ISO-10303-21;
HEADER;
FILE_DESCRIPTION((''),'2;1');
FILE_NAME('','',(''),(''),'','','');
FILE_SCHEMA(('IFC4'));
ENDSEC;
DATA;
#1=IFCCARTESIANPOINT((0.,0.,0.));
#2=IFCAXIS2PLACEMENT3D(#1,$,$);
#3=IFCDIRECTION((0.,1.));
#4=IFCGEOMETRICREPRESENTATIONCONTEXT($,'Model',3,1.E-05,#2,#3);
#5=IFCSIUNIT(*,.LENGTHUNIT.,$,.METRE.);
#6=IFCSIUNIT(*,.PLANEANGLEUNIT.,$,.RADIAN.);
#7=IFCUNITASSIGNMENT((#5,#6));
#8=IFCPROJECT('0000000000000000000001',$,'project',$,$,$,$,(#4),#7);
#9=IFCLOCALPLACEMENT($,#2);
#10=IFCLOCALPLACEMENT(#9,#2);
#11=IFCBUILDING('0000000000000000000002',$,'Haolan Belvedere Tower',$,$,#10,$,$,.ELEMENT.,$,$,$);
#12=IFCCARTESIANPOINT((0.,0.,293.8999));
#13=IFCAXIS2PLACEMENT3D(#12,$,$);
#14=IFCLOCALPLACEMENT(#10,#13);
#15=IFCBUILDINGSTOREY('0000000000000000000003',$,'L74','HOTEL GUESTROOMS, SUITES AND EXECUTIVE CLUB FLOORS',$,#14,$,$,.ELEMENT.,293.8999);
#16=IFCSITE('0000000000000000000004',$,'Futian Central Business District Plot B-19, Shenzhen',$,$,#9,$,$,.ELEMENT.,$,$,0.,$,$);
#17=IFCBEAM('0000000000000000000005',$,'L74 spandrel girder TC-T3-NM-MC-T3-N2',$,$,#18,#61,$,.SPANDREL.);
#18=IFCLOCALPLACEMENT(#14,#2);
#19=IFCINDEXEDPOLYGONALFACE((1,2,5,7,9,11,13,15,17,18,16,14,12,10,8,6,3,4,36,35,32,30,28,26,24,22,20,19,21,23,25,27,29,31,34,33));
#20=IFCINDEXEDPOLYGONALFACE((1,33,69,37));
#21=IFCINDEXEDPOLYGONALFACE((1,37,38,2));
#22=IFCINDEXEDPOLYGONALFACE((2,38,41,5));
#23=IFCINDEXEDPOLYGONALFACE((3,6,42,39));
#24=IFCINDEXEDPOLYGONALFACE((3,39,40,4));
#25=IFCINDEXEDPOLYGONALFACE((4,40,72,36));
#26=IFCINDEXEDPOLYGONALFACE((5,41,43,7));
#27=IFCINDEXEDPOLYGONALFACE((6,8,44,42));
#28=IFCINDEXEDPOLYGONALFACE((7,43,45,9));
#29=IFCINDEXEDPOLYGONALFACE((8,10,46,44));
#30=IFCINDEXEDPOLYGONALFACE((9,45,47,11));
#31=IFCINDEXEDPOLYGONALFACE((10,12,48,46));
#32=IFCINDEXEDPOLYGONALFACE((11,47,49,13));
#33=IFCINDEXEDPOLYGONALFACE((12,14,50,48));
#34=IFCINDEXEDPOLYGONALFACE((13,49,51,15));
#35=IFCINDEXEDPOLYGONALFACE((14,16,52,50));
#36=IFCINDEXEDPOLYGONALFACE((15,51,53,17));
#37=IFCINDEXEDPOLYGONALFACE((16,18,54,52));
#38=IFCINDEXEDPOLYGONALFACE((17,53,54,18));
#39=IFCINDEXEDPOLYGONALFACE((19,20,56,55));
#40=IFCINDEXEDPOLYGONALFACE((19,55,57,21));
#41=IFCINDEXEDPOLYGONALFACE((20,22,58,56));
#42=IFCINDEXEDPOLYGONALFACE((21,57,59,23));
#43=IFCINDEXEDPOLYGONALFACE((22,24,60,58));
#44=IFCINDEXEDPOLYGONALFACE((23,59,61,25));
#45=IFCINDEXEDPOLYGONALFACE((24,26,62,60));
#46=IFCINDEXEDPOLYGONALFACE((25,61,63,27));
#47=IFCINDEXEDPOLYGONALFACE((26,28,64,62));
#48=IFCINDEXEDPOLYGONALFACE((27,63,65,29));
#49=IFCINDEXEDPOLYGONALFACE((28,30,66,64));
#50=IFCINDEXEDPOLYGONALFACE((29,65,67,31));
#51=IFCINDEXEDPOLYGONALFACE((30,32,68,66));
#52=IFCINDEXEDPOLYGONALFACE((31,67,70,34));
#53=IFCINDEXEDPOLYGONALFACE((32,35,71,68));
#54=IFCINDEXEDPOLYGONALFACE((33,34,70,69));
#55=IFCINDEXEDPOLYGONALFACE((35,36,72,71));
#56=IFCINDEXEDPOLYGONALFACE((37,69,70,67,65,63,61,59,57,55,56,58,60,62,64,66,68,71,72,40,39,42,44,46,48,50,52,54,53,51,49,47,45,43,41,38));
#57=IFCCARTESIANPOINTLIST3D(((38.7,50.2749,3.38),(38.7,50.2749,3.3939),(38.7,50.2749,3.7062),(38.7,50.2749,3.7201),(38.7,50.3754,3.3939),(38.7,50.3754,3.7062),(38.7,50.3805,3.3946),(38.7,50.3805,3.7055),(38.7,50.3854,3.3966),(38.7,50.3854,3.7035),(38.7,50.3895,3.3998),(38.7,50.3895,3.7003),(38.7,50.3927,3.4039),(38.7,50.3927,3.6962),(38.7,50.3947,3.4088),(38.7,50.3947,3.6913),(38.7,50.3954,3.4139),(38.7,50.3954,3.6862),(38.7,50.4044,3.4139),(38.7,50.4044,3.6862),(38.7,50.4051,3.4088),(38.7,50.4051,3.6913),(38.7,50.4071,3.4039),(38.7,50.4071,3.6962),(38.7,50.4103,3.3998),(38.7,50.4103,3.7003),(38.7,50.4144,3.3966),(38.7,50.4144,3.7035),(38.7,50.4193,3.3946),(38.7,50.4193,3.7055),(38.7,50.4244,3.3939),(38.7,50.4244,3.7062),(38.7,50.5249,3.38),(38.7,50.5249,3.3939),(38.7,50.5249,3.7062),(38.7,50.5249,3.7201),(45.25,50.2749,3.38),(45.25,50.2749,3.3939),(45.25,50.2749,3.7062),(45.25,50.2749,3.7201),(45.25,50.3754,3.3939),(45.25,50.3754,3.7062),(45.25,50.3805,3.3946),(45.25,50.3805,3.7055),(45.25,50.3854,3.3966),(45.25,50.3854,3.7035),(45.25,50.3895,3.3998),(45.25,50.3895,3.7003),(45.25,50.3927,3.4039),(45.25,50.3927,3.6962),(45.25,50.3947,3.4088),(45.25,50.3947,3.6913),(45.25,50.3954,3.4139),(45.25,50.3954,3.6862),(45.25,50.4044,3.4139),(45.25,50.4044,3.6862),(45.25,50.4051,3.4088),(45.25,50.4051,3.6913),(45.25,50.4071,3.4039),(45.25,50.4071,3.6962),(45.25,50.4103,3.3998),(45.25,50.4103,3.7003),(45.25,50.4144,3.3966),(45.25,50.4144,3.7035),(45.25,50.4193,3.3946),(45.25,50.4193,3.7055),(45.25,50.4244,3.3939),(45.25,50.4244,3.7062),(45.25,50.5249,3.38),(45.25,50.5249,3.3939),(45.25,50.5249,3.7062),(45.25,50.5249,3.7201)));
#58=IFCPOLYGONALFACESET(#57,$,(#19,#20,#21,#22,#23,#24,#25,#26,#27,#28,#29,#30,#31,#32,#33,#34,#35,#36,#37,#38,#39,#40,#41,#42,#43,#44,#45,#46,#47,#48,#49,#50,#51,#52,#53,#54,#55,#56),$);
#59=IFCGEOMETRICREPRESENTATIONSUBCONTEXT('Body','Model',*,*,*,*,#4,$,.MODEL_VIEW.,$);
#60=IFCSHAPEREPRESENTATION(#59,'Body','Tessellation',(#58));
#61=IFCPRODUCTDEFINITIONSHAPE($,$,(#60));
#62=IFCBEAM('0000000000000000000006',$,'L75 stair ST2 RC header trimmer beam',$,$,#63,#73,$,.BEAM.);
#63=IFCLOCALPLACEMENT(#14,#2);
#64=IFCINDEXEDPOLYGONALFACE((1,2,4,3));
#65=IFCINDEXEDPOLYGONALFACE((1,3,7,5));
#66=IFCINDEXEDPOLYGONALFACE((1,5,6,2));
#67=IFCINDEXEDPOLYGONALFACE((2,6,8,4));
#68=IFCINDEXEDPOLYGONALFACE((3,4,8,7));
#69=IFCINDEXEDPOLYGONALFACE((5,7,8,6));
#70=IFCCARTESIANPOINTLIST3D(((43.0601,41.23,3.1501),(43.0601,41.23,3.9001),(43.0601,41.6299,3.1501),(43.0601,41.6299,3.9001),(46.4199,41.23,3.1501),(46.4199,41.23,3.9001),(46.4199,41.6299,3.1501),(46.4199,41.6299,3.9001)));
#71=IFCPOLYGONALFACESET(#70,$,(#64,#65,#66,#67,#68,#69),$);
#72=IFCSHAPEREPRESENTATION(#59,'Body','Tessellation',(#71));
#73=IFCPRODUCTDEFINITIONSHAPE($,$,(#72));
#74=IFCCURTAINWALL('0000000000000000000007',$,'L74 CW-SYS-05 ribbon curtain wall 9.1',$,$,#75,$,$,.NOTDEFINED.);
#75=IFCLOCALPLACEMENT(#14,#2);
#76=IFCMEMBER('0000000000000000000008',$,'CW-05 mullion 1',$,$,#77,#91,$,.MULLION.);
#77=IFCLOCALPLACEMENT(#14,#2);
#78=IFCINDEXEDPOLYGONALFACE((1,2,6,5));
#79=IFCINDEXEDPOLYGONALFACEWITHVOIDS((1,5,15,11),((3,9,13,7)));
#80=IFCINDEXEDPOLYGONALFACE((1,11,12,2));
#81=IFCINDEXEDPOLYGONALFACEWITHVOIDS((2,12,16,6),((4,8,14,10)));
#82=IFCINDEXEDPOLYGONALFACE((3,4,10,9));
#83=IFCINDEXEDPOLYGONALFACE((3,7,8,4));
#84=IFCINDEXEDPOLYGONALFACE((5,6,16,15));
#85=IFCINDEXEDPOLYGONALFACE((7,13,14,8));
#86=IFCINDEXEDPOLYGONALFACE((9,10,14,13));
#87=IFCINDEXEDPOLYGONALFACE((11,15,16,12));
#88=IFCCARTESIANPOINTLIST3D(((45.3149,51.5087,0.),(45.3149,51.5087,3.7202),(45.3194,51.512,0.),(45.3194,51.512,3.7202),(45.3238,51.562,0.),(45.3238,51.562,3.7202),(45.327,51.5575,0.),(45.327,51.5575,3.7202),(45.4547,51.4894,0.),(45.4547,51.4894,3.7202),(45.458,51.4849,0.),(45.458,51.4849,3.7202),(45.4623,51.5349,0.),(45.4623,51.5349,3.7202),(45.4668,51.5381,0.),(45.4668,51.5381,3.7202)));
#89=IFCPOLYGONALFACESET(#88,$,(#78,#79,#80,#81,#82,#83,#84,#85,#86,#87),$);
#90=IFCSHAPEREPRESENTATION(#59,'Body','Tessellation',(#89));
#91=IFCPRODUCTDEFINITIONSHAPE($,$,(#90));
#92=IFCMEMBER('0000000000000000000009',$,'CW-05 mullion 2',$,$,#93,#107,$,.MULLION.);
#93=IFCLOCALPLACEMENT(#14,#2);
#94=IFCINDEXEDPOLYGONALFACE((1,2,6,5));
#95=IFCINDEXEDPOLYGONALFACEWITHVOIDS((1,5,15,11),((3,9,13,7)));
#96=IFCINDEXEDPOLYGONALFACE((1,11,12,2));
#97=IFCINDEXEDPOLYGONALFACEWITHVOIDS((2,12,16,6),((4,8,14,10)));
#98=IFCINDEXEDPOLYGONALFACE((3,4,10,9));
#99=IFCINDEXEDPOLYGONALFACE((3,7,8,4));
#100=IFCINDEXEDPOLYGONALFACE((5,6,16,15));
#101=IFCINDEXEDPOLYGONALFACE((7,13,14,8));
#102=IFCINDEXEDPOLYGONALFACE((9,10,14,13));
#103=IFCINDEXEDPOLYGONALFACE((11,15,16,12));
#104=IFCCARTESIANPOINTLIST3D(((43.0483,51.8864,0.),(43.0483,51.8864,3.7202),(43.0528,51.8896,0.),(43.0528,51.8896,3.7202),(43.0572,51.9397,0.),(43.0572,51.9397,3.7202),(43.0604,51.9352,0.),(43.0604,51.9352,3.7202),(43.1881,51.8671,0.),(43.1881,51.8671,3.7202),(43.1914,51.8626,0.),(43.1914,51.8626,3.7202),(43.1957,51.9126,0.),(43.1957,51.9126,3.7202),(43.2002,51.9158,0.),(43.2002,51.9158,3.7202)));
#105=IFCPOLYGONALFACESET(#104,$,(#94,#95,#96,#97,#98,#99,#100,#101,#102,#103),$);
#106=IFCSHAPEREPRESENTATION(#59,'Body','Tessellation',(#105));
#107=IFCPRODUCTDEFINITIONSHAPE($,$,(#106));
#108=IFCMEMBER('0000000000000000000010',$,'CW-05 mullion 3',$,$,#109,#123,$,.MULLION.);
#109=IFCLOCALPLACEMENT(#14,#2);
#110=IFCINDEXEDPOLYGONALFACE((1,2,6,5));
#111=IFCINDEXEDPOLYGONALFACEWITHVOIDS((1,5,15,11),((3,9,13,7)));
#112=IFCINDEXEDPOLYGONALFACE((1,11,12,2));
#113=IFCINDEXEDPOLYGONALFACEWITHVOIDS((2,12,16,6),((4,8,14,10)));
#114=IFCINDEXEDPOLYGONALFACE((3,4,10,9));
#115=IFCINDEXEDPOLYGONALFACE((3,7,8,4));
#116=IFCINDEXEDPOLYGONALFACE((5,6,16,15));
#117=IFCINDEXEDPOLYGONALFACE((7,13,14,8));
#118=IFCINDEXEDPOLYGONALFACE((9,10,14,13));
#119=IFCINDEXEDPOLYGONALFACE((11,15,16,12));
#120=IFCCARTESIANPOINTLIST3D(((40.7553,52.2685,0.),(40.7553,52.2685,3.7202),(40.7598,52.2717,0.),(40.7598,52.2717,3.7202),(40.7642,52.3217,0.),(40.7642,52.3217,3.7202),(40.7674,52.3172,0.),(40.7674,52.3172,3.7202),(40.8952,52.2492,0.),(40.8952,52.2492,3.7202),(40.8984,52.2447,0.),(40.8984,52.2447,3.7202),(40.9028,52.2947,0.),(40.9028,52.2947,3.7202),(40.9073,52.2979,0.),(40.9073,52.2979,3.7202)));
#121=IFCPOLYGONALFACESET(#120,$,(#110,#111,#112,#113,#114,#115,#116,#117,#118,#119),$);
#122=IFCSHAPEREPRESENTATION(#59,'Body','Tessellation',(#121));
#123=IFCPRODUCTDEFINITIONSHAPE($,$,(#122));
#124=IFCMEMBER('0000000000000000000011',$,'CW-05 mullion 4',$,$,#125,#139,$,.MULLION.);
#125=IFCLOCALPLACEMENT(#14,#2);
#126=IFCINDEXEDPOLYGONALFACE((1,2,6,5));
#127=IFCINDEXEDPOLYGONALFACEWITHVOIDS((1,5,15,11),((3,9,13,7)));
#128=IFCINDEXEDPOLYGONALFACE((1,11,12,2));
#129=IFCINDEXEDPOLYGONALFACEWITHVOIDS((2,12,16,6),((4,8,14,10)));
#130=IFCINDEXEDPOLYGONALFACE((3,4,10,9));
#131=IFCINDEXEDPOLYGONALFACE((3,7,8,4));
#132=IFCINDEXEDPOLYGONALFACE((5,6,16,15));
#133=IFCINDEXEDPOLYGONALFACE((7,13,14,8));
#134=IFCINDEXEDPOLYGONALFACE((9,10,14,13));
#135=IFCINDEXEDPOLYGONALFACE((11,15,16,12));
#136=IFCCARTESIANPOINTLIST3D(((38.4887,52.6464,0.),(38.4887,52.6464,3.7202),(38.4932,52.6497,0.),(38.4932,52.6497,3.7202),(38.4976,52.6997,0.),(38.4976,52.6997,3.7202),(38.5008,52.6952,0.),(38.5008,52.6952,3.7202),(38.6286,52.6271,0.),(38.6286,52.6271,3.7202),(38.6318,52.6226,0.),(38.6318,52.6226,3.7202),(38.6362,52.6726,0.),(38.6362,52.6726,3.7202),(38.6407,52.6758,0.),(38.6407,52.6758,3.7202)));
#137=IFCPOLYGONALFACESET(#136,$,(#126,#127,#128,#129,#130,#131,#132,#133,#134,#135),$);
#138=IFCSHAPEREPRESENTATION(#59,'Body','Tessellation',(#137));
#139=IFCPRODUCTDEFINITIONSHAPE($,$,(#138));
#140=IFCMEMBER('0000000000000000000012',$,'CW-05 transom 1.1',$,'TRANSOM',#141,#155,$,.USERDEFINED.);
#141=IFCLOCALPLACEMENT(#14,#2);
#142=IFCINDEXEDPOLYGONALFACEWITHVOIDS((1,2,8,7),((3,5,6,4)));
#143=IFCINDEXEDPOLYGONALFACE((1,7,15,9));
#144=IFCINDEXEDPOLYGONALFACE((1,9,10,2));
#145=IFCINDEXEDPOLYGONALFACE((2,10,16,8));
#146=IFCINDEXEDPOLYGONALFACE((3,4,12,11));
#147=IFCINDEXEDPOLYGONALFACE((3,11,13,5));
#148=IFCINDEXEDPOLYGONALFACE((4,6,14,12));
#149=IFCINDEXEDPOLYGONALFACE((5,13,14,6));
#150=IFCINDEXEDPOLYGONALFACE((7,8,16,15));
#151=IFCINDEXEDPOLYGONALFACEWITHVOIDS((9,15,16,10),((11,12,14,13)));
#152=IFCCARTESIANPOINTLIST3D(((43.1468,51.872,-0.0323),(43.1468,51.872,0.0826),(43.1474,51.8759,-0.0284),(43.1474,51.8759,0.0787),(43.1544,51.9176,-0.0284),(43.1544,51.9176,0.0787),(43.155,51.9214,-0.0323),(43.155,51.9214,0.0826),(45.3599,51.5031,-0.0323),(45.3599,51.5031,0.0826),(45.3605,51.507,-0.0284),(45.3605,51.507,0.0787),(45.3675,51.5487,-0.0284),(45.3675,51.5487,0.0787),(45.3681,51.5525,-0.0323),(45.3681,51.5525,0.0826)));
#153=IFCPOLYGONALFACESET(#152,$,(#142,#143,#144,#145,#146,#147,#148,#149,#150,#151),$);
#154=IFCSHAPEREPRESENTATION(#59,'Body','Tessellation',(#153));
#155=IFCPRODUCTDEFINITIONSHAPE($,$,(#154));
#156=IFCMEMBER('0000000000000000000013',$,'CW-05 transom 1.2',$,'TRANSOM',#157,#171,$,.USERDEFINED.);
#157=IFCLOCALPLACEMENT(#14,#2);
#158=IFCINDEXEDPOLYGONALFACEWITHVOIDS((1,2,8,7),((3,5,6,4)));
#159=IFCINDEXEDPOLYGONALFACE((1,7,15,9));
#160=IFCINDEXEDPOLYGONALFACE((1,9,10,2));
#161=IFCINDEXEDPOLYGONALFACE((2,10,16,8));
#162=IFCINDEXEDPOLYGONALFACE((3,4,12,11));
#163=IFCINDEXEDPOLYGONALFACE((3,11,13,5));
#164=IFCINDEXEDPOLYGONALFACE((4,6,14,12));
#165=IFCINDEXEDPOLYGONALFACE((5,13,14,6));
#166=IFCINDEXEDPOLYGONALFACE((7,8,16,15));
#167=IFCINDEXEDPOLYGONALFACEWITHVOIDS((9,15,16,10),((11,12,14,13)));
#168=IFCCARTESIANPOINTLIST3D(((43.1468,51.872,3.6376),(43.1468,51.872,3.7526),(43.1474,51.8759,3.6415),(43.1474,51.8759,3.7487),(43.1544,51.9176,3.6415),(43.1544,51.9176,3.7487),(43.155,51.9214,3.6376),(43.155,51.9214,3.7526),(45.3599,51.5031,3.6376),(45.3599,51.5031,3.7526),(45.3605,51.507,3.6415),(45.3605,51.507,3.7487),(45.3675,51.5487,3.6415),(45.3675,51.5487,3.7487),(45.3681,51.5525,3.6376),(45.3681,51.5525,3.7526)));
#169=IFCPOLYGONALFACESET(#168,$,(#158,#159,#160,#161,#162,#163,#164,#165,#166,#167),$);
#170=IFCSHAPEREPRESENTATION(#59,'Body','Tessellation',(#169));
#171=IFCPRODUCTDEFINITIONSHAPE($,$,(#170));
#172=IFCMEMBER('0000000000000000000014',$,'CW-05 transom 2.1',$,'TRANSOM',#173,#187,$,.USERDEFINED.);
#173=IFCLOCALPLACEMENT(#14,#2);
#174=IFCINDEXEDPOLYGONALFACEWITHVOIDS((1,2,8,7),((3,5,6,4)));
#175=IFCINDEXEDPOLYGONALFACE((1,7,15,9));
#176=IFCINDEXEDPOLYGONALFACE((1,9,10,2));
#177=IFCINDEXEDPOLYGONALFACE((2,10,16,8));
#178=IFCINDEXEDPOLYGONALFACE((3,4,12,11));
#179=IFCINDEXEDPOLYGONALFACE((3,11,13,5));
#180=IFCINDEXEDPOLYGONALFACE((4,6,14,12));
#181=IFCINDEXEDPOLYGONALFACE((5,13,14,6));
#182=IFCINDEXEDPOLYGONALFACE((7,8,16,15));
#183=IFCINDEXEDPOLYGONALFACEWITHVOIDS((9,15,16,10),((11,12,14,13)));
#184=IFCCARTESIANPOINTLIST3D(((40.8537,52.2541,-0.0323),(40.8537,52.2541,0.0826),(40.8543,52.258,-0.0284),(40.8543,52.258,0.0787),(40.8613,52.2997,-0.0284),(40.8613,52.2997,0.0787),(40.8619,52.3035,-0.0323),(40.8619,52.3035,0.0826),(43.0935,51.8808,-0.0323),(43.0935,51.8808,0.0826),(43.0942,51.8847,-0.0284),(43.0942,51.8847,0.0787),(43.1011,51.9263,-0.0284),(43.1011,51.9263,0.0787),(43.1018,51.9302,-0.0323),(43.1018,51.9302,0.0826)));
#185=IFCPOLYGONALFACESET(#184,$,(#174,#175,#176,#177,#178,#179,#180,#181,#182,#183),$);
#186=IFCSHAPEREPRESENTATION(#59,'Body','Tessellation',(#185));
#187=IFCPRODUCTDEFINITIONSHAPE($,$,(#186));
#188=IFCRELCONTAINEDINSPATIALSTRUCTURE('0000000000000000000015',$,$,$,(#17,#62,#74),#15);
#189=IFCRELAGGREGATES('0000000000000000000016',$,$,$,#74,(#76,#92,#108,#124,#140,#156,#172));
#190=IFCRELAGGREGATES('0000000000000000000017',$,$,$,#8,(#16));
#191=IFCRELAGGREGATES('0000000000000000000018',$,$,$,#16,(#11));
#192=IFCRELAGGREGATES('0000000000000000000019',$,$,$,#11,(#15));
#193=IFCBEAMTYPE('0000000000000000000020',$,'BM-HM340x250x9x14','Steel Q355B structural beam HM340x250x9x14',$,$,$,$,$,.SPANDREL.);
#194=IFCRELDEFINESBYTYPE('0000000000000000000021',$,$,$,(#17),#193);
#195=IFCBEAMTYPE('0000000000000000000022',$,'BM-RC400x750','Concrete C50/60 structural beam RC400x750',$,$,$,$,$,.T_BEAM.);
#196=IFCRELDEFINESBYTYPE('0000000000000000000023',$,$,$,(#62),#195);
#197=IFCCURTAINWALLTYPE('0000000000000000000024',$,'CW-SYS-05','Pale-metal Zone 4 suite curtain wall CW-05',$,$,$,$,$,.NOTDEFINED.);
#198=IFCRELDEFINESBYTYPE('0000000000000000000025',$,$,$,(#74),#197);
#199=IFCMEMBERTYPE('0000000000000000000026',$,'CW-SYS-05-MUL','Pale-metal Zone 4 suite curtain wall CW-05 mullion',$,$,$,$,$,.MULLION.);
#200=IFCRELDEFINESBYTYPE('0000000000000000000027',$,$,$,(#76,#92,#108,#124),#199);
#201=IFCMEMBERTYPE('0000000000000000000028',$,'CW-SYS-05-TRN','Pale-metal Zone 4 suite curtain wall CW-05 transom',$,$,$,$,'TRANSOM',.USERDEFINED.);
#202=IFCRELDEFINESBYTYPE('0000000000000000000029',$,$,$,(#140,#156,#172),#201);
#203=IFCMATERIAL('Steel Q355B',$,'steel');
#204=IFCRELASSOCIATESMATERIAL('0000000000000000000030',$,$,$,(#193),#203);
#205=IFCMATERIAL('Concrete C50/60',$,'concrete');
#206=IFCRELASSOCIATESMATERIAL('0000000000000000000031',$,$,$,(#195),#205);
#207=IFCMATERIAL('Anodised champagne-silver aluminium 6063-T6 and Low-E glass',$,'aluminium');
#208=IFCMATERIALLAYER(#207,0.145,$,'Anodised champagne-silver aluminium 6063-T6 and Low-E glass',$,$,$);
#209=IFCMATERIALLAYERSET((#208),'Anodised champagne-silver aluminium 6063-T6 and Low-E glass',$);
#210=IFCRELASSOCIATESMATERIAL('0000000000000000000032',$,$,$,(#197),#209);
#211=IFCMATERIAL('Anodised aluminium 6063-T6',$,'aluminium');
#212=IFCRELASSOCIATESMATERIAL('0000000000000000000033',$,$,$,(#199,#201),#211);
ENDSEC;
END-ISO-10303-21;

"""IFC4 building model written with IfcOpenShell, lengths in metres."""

from ifc_helpers import new_model, si_unit, direction, frame, origin, origin_2d, place, context, subcontext, project, spatial, rectangle, hollow_rectangle, i_section, extrude, material, layer, layer_set, material_profile, profile_set, type_object, element, aggregate, save


model = new_model("IFC4")

# Units and contexts
model_context = context("Model", 3, precision=1e-05, world=origin(), true_north=direction((0.0, 1.0)))
body_context = subcontext(model_context, "Body", "Model", "MODEL_VIEW")
ifc_project = project(units=[si_unit("LENGTHUNIT", "METRE"), si_unit("PLANEANGLEUNIT", "RADIAN")], contexts=[model_context])

# Site, building, storey
site_placement = place(None, origin())
site = spatial("IfcSite", under=ifc_project, at=site_placement, Name="Futian Central Business District Plot B-19, Shenzhen", CompositionType="ELEMENT", RefElevation=0.0)
building_placement = place(site_placement, origin())
building = spatial("IfcBuilding", under=site, at=building_placement, Name="Haolan Belvedere Tower", CompositionType="ELEMENT")
storey_placement = place(building_placement, frame((0.0, 0.0, 293.8999)))
storey = spatial("IfcBuildingStorey", under=building, at=storey_placement, Name="L74", Description="HOTEL GUESTROOMS, SUITES AND EXECUTIVE CLUB FLOORS", CompositionType="ELEMENT", Elevation=293.8999)

# Beams
ifc_material_1 = material(Name="Steel Q355B", Category="steel")
ifc_material_profile_1 = material_profile(ifc_material_1, i_section(OverallWidth=0.25, OverallDepth=0.3401, WebThickness=0.009, FlangeThickness=0.0139, FilletRadius=0.02, at=origin_2d()), Name="Steel Q355B")
ifc_profile_set_1 = profile_set([ifc_material_profile_1], Name="Steel Q355B")
beam_type_1 = type_object("IfcBeamType", Name="BM-HM340x250x9x14", Description="Steel Q355B structural beam HM340x250x9x14", PredefinedType="SPANDREL", material=ifc_profile_set_1)
beam_1_placement = place(storey_placement, frame((38.7, 50.3999, 3.55), z_axis=(1.0, 0.0, 0.0), x_axis=(0.0, 1.0, 0.0)))
element("IfcBeam", 1, at=beam_1_placement, inside=storey, type_object=beam_type_1, Name="L74 spandrel girder TC-T3-NM-MC-T3-N2", PredefinedType="SPANDREL", context=body_context, shape_type="SweptSolid", body=[
    extrude(i_section(OverallWidth=0.25, OverallDepth=0.3401, WebThickness=0.009, FlangeThickness=0.0139, FilletRadius=0.02, at=origin_2d()), origin(), (0.0, 0.0, 1.0), 6.55),
])
ifc_material_2 = material(Name="Concrete C50/60", Category="concrete")
ifc_material_profile_2 = material_profile(ifc_material_2, rectangle(XDim=0.3999, YDim=0.75, at=origin_2d()), Name="Concrete C50/60")
ifc_profile_set_2 = profile_set([ifc_material_profile_2], Name="Concrete C50/60")
beam_type_2 = type_object("IfcBeamType", Name="BM-RC400x750", Description="Concrete C50/60 structural beam RC400x750", PredefinedType="T_BEAM", material=ifc_profile_set_2)
beam_2_placement = place(storey_placement, frame((43.0601, 41.4299, 3.5251), z_axis=(1.0, 0.0, 0.0), x_axis=(0.0, 1.0, 0.0)))
element("IfcBeam", 2, at=beam_2_placement, inside=storey, type_object=beam_type_2, Name="L75 stair ST2 RC header trimmer beam", PredefinedType="BEAM", context=body_context, shape_type="SweptSolid", body=[
    extrude(rectangle(XDim=0.3999, YDim=0.75, at=origin_2d()), origin(), (0.0, 0.0, 1.0), 3.3599),
])

# Curtain wall, members
ifc_material_3 = material(Name="Anodised champagne-silver aluminium 6063-T6 and Low-E glass", Category="aluminium")
ifc_layer_1 = layer(ifc_material_3, 0.145, Name="Anodised champagne-silver aluminium 6063-T6 and Low-E glass")
ifc_layer_set_1 = layer_set([ifc_layer_1], Name="Anodised champagne-silver aluminium 6063-T6 and Low-E glass")
curtain_wall_type = type_object("IfcCurtainWallType", Name="CW-SYS-05", Description="Pale-metal Zone 4 suite curtain wall CW-05", PredefinedType="NOTDEFINED", material=ifc_layer_set_1)
curtain_wall_placement = place(storey_placement, origin())
curtain_wall = element("IfcCurtainWall", 3, at=curtain_wall_placement, inside=storey, type_object=curtain_wall_type, Name="L74 CW-SYS-05 ribbon curtain wall 9.1", PredefinedType="NOTDEFINED")
ifc_material_4 = material(Name="Anodised aluminium 6063-T6", Category="aluminium")
ifc_material_profile_3 = material_profile(ifc_material_4, hollow_rectangle(XDim=0.054, YDim=0.145, WallThickness=0.0039, at=origin_2d()), Name="Anodised aluminium 6063-T6")
ifc_profile_set_3 = profile_set([ifc_material_profile_3], Name="Anodised aluminium 6063-T6")
member_type_1 = type_object("IfcMemberType", Name="CW-SYS-05-MUL", Description="Pale-metal Zone 4 suite curtain wall CW-05 mullion", PredefinedType="MULLION", material=ifc_profile_set_3)
member_1_placement = place(storey_placement, frame((45.3909, 51.5234, 0.0), z_axis=(0.0, 0.0, 1.0), x_axis=(-0.164406, -0.986393, 0.0)))
member_1 = element("IfcMember", 4, at=member_1_placement, type_object=member_type_1, Name="CW-05 mullion 1", PredefinedType="MULLION", context=body_context, shape_type="SweptSolid", body=[
    extrude(hollow_rectangle(XDim=0.054, YDim=0.145, WallThickness=0.0039, at=origin_2d()), origin(), (0.0, 0.0, 1.0), 3.7202),
])
member_2_placement = place(storey_placement, frame((43.1243, 51.9011, 0.0), z_axis=(0.0, 0.0, 1.0), x_axis=(-0.164406, -0.986393, 0.0)))
member_2 = element("IfcMember", 5, at=member_2_placement, type_object=member_type_1, Name="CW-05 mullion 2", PredefinedType="MULLION", context=body_context, shape_type="SweptSolid", body=[
    extrude(hollow_rectangle(XDim=0.054, YDim=0.145, WallThickness=0.0039, at=origin_2d()), origin(), (0.0, 0.0, 1.0), 3.7202),
])
member_3_placement = place(storey_placement, frame((40.8313, 52.2832, 0.0), z_axis=(0.0, 0.0, 1.0), x_axis=(-0.164406, -0.986393, 0.0)))
member_3 = element("IfcMember", 6, at=member_3_placement, type_object=member_type_1, Name="CW-05 mullion 3", PredefinedType="MULLION", context=body_context, shape_type="SweptSolid", body=[
    extrude(hollow_rectangle(XDim=0.054, YDim=0.145, WallThickness=0.0039, at=origin_2d()), origin(), (0.0, 0.0, 1.0), 3.7202),
])
member_4_placement = place(storey_placement, frame((38.5647, 52.6611, 0.0), z_axis=(0.0, 0.0, 1.0), x_axis=(-0.164406, -0.986393, 0.0)))
member_4 = element("IfcMember", 7, at=member_4_placement, type_object=member_type_1, Name="CW-05 mullion 4", PredefinedType="MULLION", context=body_context, shape_type="SweptSolid", body=[
    extrude(hollow_rectangle(XDim=0.054, YDim=0.145, WallThickness=0.0039, at=origin_2d()), origin(), (0.0, 0.0, 1.0), 3.7202),
])
ifc_material_profile_4 = material_profile(ifc_material_4, hollow_rectangle(XDim=0.05, YDim=0.115, WallThickness=0.0039, at=origin_2d()), Name="Anodised aluminium 6063-T6")
ifc_profile_set_4 = profile_set([ifc_material_profile_4], Name="Anodised aluminium 6063-T6")
member_type_2 = type_object("IfcMemberType", Name="CW-SYS-05-TRN", Description="Pale-metal Zone 4 suite curtain wall CW-05 transom", ElementType="TRANSOM", PredefinedType="USERDEFINED", material=ifc_profile_set_4)
member_5_placement = place(storey_placement, frame((45.364, 51.5278, 0.0251), z_axis=(-0.986391, 0.164417, 0.0), x_axis=(-0.164417, -0.986391, 0.0)))
member_5 = element("IfcMember", 8, at=member_5_placement, type_object=member_type_2, Name="CW-05 transom 1.1", ObjectType="TRANSOM", PredefinedType="USERDEFINED", context=body_context, shape_type="SweptSolid", body=[
    extrude(hollow_rectangle(XDim=0.05, YDim=0.115, WallThickness=0.0039, at=origin_2d()), origin(), (0.0, 0.0, 1.0), 2.2437),
])
member_6_placement = place(storey_placement, frame((45.364, 51.5278, 3.6951), z_axis=(-0.986391, 0.164417, 0.0), x_axis=(-0.164417, -0.986391, 0.0)))
member_6 = element("IfcMember", 9, at=member_6_placement, type_object=member_type_2, Name="CW-05 transom 1.2", ObjectType="TRANSOM", PredefinedType="USERDEFINED", context=body_context, shape_type="SweptSolid", body=[
    extrude(hollow_rectangle(XDim=0.05, YDim=0.115, WallThickness=0.0039, at=origin_2d()), origin(), (0.0, 0.0, 1.0), 2.2437),
])
member_7_placement = place(storey_placement, frame((43.0977, 51.9055, 0.0251), z_axis=(-0.986394, 0.164399, 0.0), x_axis=(-0.164399, -0.986394, 0.0)))
member_7 = element("IfcMember", 10, at=member_7_placement, type_object=member_type_2, Name="CW-05 transom 2.1", ObjectType="TRANSOM", PredefinedType="USERDEFINED", context=body_context, shape_type="SweptSolid", body=[
    extrude(hollow_rectangle(XDim=0.05, YDim=0.115, WallThickness=0.0039, at=origin_2d()), origin(), (0.0, 0.0, 1.0), 2.2708),
])
aggregate(curtain_wall, [member_1, member_2, member_3, member_4, member_5, member_6, member_7])

save(model, "model.ifc")
